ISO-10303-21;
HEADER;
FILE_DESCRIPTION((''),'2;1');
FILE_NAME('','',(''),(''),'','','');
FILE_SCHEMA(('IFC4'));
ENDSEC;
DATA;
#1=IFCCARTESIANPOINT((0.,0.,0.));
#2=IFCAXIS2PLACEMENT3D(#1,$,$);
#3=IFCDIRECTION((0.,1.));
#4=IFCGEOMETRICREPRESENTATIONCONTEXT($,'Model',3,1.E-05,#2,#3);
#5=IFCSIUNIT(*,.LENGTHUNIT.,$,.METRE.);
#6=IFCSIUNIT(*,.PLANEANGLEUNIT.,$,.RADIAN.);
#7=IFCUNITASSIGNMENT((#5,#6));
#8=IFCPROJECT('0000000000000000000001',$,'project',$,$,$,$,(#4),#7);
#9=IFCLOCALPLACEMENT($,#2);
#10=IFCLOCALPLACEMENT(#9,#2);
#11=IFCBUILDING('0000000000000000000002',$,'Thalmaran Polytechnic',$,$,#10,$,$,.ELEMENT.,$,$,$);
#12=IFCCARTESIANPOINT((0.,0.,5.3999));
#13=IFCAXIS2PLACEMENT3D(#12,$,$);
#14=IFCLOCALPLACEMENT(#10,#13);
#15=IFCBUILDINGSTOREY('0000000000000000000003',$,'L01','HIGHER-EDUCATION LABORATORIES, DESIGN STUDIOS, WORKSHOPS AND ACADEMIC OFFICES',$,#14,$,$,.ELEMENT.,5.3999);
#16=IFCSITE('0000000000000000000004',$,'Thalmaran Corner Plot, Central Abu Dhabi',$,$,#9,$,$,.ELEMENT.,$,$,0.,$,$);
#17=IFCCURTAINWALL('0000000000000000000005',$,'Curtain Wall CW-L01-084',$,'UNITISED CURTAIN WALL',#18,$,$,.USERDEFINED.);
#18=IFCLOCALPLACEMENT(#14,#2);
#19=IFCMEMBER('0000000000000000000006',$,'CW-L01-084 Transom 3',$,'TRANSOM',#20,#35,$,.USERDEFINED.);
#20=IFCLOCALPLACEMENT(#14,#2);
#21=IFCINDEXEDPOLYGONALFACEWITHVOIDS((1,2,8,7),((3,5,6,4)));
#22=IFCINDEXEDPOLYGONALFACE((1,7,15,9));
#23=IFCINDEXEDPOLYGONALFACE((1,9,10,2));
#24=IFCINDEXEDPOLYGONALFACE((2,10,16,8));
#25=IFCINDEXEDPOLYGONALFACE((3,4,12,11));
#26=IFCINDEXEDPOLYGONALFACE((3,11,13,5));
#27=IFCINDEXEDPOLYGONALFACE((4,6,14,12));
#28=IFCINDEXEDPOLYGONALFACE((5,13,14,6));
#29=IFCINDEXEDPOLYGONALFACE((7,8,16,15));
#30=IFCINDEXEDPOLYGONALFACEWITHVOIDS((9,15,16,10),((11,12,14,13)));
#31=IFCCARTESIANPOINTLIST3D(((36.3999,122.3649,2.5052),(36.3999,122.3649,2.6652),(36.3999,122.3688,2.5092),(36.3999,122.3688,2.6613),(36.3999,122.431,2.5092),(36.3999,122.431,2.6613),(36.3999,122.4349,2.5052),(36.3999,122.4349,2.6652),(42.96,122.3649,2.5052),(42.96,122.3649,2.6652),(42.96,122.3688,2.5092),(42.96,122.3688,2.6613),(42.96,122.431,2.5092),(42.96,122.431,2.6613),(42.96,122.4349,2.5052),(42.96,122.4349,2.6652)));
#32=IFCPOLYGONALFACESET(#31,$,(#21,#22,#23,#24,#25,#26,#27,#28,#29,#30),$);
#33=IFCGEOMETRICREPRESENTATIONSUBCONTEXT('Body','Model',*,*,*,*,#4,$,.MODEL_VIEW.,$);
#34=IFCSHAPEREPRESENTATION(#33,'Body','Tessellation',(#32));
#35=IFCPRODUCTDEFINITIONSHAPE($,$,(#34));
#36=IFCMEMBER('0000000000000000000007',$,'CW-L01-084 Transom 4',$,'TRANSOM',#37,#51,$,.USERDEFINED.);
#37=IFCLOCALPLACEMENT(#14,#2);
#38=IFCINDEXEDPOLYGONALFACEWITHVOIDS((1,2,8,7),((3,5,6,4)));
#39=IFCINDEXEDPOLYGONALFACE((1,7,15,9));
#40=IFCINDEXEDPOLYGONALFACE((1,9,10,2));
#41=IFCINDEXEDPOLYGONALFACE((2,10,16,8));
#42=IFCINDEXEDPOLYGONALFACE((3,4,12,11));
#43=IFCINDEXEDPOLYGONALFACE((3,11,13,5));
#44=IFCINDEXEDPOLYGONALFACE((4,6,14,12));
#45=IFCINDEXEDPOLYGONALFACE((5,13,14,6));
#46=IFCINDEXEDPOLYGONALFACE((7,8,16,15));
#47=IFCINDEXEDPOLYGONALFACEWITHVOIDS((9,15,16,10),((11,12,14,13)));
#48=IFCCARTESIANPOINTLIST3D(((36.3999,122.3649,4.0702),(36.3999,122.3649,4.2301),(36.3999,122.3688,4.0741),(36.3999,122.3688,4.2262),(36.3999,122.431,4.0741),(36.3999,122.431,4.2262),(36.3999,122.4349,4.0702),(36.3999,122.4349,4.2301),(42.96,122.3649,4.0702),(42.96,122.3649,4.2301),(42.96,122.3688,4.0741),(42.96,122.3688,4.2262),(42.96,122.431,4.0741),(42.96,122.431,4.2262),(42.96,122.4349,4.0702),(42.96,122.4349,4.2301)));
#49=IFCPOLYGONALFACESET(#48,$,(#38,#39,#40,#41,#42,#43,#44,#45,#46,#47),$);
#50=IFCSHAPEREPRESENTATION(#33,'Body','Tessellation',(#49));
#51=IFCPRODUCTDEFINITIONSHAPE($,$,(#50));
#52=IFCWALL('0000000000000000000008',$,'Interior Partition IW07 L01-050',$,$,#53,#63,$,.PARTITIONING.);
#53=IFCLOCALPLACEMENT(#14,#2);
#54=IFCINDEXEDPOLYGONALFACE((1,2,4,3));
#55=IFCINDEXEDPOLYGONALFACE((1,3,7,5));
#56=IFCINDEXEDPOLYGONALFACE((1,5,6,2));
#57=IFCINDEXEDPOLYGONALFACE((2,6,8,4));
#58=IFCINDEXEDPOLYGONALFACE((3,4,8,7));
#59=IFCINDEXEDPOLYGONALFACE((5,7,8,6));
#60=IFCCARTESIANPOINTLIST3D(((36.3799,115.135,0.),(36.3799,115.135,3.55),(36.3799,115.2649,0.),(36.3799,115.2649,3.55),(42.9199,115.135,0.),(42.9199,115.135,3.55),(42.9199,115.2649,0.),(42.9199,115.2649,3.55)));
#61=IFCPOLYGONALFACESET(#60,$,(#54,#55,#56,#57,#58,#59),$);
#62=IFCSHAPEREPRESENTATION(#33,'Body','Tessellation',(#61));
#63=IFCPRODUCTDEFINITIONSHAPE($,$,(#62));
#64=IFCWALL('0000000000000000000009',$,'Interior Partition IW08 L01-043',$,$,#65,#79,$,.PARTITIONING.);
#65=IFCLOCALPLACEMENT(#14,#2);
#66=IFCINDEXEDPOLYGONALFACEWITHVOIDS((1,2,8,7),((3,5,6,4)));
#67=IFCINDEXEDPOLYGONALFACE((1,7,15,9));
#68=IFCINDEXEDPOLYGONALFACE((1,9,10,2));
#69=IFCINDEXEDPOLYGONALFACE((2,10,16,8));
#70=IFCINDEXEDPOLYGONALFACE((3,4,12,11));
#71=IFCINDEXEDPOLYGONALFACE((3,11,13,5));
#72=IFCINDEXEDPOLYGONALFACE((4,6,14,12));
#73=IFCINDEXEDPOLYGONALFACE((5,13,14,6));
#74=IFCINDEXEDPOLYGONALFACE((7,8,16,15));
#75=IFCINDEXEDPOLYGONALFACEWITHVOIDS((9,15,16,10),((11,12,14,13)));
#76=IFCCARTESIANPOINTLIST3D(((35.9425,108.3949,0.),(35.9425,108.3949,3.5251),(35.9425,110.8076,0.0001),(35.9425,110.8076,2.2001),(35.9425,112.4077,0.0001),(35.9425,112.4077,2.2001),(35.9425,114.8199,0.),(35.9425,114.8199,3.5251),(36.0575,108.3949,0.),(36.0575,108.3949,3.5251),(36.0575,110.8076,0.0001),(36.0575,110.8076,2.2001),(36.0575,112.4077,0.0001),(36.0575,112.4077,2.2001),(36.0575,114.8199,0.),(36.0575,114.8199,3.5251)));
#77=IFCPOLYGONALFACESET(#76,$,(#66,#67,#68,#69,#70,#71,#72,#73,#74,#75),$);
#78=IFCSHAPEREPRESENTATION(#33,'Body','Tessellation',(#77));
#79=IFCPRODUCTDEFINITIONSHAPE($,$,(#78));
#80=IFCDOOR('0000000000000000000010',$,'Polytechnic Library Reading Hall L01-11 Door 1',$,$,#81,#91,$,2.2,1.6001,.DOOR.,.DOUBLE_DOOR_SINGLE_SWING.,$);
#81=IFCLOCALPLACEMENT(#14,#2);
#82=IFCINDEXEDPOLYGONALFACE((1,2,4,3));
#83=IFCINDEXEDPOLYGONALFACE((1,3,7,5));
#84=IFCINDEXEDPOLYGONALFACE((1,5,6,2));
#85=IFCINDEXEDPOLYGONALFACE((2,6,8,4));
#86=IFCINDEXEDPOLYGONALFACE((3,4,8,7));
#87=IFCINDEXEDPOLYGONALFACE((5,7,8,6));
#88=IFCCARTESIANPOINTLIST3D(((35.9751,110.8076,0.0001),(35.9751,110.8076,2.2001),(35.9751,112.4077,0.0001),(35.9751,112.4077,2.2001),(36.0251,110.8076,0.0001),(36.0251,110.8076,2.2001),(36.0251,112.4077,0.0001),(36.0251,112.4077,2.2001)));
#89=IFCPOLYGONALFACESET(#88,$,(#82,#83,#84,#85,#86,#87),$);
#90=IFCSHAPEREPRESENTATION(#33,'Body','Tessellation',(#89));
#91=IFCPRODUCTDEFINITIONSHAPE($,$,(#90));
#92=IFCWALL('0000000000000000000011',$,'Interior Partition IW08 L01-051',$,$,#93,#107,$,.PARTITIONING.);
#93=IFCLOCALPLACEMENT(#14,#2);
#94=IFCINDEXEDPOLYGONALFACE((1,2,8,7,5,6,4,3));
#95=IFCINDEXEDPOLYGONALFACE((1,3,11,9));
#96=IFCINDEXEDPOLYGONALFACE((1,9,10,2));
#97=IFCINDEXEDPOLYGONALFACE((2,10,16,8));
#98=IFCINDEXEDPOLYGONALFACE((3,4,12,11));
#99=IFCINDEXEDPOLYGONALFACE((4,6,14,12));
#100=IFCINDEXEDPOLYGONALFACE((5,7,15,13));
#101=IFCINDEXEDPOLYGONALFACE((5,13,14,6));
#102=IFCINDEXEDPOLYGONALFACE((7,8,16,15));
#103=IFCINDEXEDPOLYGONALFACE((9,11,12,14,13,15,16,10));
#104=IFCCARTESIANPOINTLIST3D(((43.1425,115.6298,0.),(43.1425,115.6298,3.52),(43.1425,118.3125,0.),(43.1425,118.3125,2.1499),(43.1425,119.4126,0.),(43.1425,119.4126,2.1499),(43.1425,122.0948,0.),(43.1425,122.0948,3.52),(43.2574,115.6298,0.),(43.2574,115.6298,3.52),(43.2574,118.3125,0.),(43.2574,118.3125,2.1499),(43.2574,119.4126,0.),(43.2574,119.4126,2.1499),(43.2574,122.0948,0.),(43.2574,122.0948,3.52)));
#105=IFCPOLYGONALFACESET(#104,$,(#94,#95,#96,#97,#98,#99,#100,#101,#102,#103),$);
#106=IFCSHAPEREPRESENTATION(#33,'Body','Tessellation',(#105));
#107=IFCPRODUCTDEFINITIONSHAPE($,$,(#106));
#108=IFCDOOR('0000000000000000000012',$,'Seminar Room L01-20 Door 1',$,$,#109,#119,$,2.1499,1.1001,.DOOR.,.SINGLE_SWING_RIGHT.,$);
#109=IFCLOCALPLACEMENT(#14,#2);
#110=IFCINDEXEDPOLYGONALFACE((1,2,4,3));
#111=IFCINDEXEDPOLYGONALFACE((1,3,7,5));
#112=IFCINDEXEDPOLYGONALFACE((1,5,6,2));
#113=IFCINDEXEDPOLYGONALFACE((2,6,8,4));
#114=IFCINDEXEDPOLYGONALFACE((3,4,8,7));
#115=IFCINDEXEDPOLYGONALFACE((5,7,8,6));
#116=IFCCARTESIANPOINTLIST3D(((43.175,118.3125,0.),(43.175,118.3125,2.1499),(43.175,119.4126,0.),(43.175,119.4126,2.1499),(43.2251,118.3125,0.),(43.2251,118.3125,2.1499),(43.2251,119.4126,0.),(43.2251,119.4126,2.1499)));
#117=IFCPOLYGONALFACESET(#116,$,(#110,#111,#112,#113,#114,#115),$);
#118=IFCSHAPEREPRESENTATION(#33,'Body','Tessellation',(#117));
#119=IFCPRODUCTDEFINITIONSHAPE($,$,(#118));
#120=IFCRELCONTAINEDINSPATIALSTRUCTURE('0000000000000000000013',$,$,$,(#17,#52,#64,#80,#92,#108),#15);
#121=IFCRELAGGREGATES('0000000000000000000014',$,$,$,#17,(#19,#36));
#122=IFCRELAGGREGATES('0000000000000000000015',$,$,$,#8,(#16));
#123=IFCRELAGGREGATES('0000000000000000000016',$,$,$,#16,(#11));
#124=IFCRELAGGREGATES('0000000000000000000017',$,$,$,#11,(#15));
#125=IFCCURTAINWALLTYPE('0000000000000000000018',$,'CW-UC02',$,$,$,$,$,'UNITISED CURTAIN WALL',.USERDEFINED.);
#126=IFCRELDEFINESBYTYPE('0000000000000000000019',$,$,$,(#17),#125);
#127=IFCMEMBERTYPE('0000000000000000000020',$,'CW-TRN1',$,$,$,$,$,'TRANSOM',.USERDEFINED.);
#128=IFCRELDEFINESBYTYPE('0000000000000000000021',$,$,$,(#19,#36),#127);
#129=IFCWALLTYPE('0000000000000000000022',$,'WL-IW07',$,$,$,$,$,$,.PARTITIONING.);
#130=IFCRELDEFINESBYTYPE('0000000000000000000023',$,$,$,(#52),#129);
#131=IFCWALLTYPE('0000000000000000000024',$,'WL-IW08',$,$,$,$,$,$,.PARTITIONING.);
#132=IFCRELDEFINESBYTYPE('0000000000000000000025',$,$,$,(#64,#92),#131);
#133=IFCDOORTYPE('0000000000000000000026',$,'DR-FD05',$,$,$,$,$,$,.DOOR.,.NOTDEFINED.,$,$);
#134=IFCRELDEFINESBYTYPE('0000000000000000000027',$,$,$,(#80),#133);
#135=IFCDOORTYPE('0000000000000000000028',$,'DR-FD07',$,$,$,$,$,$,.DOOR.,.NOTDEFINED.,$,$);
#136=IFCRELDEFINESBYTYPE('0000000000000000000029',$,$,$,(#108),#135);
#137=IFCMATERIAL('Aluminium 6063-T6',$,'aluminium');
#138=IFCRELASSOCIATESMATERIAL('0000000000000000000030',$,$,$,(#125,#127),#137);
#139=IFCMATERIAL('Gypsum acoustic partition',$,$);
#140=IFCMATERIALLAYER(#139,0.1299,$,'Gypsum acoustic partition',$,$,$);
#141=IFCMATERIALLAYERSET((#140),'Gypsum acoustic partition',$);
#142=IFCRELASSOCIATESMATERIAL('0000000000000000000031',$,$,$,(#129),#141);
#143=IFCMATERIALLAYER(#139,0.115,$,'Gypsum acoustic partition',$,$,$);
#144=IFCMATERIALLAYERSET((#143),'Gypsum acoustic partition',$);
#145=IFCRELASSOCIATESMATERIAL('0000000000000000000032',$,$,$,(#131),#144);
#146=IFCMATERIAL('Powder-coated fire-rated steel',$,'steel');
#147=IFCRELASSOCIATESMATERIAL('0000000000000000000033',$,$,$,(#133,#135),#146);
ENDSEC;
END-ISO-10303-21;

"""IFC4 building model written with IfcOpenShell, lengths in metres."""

from ifc_helpers import new_model, si_unit, direction, frame, frame_2d, origin, origin_2d, place, context, subcontext, project, spatial, rectangle, hollow_rectangle, extrude, material, layer, layer_set, material_profile, profile_set, type_object, element, fill, aggregate, save


model = new_model("IFC4")

# Units and contexts
model_context = context("Model", 3, precision=1e-05, world=origin(), true_north=direction((0.0, 1.0)))
body_context = subcontext(model_context, "Body", "Model", "MODEL_VIEW")
ifc_project = project(units=[si_unit("LENGTHUNIT", "METRE"), si_unit("PLANEANGLEUNIT", "RADIAN")], contexts=[model_context])

# Site, building, storey
site_placement = place(None, origin())
site = spatial("IfcSite", under=ifc_project, at=site_placement, Name="Thalmaran Corner Plot, Central Abu Dhabi", CompositionType="ELEMENT", RefElevation=0.0)
building_placement = place(site_placement, origin())
building = spatial("IfcBuilding", under=site, at=building_placement, Name="Thalmaran Polytechnic", CompositionType="ELEMENT")
storey_placement = place(building_placement, frame((0.0, 0.0, 5.3999)))
storey = spatial("IfcBuildingStorey", under=building, at=storey_placement, Name="L01", Description="HIGHER-EDUCATION LABORATORIES, DESIGN STUDIOS, WORKSHOPS AND ACADEMIC OFFICES", CompositionType="ELEMENT", Elevation=5.3999)

# Curtain wall, members
ifc_material_1 = material(Name="Aluminium 6063-T6", Category="aluminium")
curtain_wall_type = type_object("IfcCurtainWallType", Name="CW-UC02", ElementType="UNITISED CURTAIN WALL", PredefinedType="USERDEFINED", material=ifc_material_1)
curtain_wall_placement = place(storey_placement, origin())
curtain_wall = element("IfcCurtainWall", 1, at=curtain_wall_placement, inside=storey, type_object=curtain_wall_type, Name="Curtain Wall CW-L01-084", ObjectType="UNITISED CURTAIN WALL", PredefinedType="USERDEFINED")
ifc_material_profile_1 = material_profile(ifc_material_1, hollow_rectangle(XDim=0.0701, YDim=0.1599, WallThickness=0.0039, at=origin_2d()), Name="AL 160x70x4.0")
ifc_profile_set_1 = profile_set([ifc_material_profile_1], Name="Aluminium 6063-T6")
member_type_1 = type_object("IfcMemberType", Name="CW-TRN1", ElementType="TRANSOM", PredefinedType="USERDEFINED", material=ifc_profile_set_1)
member_1_placement = place(storey_placement, frame((36.3999, 122.3999, 2.5852), z_axis=(1.0, 0.0, 0.0), x_axis=(0.0, 1.0, 0.0)))
member_1 = element("IfcMember", 2, at=member_1_placement, type_object=member_type_1, Name="CW-L01-084 Transom 3", ObjectType="TRANSOM", PredefinedType="USERDEFINED", context=body_context, shape_type="SweptSolid", body=[
    extrude(hollow_rectangle(XDim=0.0701, YDim=0.1599, WallThickness=0.0039, at=origin_2d()), origin(), (0.0, 0.0, 1.0), 6.5601),
])
member_2_placement = place(storey_placement, frame((36.3999, 122.3999, 4.1501), z_axis=(1.0, 0.0, 0.0), x_axis=(0.0, 1.0, 0.0)))
member_2 = element("IfcMember", 3, at=member_2_placement, type_object=member_type_1, Name="CW-L01-084 Transom 4", ObjectType="TRANSOM", PredefinedType="USERDEFINED", context=body_context, shape_type="SweptSolid", body=[
    extrude(hollow_rectangle(XDim=0.0701, YDim=0.1599, WallThickness=0.0039, at=origin_2d()), origin(), (0.0, 0.0, 1.0), 6.5601),
])
aggregate(curtain_wall, [member_1, member_2])

# Wall
ifc_material_2 = material(Name="Gypsum acoustic partition")
ifc_layer_1 = layer(ifc_material_2, 0.1299, Name="Gypsum acoustic partition")
ifc_layer_set_1 = layer_set([ifc_layer_1], Name="Gypsum acoustic partition")
wall_type_1 = type_object("IfcWallType", Name="WL-IW07", PredefinedType="PARTITIONING", material=ifc_layer_set_1)
wall_1_placement = place(storey_placement, frame((36.3799, 115.2, 0.0), z_axis=(0.0, 0.0, 1.0), x_axis=(1.0, 0.0, 0.0)))
element("IfcWall", 4, at=wall_1_placement, inside=storey, type_object=wall_type_1, Name="Interior Partition IW07 L01-050", PredefinedType="PARTITIONING", context=body_context, shape_type="SweptSolid", body=[
    extrude(rectangle(XDim=6.54, YDim=0.1299, at=frame_2d((3.27, 0.0))), origin(), (0.0, 0.0, 1.0), 3.55),
])

# Walls, openings, doors
ifc_layer_2 = layer(ifc_material_2, 0.115, Name="Gypsum acoustic partition")
ifc_layer_set_2 = layer_set([ifc_layer_2], Name="Gypsum acoustic partition")
wall_type_2 = type_object("IfcWallType", Name="WL-IW08", PredefinedType="PARTITIONING", material=ifc_layer_set_2)
wall_2_placement = place(storey_placement, frame((36.0, 108.395, 0.0), z_axis=(0.0, 0.0, 1.0), x_axis=(0.0, 1.0, 0.0)))
wall_2 = element("IfcWall", 5, at=wall_2_placement, inside=storey, type_object=wall_type_2, Name="Interior Partition IW08 L01-043", PredefinedType="PARTITIONING", context=body_context, shape_type="SweptSolid", body=[
    extrude(rectangle(XDim=6.425, YDim=0.115, at=frame_2d((3.2124, 0.0))), origin(), (0.0, 0.0, 1.0), 3.5251),
])
opening_1_placement = place(wall_2_placement, frame((2.4126, 0.0, 0.0)))
opening_1 = element("IfcOpeningElement", 6, at=opening_1_placement, cuts=wall_2, PredefinedType="OPENING", context=body_context, shape_type="SweptSolid", body=[
    extrude(rectangle(XDim=1.6001, YDim=2.2, at=frame_2d((0.8, 1.1001))), frame((0.0, 0.0674, 0.0), z_axis=(0.0, -1.0, 0.0), x_axis=(1.0, 0.0, 0.0)), (0.0, 0.0, 1.0), 0.135),
])
ifc_material_3 = material(Name="Powder-coated fire-rated steel", Category="steel")
door_type_1 = type_object("IfcDoorType", Name="DR-FD05", OperationType="NOTDEFINED", PredefinedType="DOOR", material=ifc_material_3)
door_1_placement = place(opening_1_placement, origin())
door_1 = element("IfcDoor", 7, at=door_1_placement, inside=storey, type_object=door_type_1, Name="Polytechnic Library Reading Hall L01-11 Door 1", OperationType="DOUBLE_DOOR_SINGLE_SWING", OverallHeight=2.2, OverallWidth=1.6001, PredefinedType="DOOR", context=body_context, shape_type="SweptSolid", body=[
    extrude(rectangle(XDim=1.6001, YDim=2.2, at=frame_2d((0.8, 1.1001))), frame((0.0, 0.0249, 0.0), z_axis=(0.0, -1.0, 0.0), x_axis=(1.0, 0.0, 0.0)), (0.0, 0.0, 1.0), 0.05),
])
fill(opening_1, door_1)
wall_3_placement = place(storey_placement, frame((43.2, 115.6299, 0.0), z_axis=(0.0, 0.0, 1.0), x_axis=(0.0, 1.0, 0.0)))
wall_3 = element("IfcWall", 8, at=wall_3_placement, inside=storey, type_object=wall_type_2, Name="Interior Partition IW08 L01-051", PredefinedType="PARTITIONING", context=body_context, shape_type="SweptSolid", body=[
    extrude(rectangle(XDim=6.4651, YDim=0.115, at=frame_2d((3.2324, 0.0))), origin(), (0.0, 0.0, 1.0), 3.52),
])
opening_2_placement = place(wall_3_placement, frame((2.6826, 0.0, 0.0)))
opening_2 = element("IfcOpeningElement", 9, at=opening_2_placement, cuts=wall_3, PredefinedType="OPENING", context=body_context, shape_type="SweptSolid", body=[
    extrude(rectangle(XDim=1.1001, YDim=2.1499, at=frame_2d((0.55, 1.075))), frame((0.0, 0.0674, 0.0), z_axis=(0.0, -1.0, 0.0), x_axis=(1.0, 0.0, 0.0)), (0.0, 0.0, 1.0), 0.135),
])
door_type_2 = type_object("IfcDoorType", Name="DR-FD07", OperationType="NOTDEFINED", PredefinedType="DOOR", material=ifc_material_3)
door_2_placement = place(opening_2_placement, origin())
door_2 = element("IfcDoor", 10, at=door_2_placement, inside=storey, type_object=door_type_2, Name="Seminar Room L01-20 Door 1", OperationType="SINGLE_SWING_RIGHT", OverallHeight=2.1499, OverallWidth=1.1001, PredefinedType="DOOR", context=body_context, shape_type="SweptSolid", body=[
    extrude(rectangle(XDim=1.1001, YDim=2.1499, at=frame_2d((0.55, 1.075))), frame((0.0, 0.0249, 0.0), z_axis=(0.0, -1.0, 0.0), x_axis=(1.0, 0.0, 0.0)), (0.0, 0.0, 1.0), 0.05),
])
fill(opening_2, door_2)

save(model, "model.ifc")
